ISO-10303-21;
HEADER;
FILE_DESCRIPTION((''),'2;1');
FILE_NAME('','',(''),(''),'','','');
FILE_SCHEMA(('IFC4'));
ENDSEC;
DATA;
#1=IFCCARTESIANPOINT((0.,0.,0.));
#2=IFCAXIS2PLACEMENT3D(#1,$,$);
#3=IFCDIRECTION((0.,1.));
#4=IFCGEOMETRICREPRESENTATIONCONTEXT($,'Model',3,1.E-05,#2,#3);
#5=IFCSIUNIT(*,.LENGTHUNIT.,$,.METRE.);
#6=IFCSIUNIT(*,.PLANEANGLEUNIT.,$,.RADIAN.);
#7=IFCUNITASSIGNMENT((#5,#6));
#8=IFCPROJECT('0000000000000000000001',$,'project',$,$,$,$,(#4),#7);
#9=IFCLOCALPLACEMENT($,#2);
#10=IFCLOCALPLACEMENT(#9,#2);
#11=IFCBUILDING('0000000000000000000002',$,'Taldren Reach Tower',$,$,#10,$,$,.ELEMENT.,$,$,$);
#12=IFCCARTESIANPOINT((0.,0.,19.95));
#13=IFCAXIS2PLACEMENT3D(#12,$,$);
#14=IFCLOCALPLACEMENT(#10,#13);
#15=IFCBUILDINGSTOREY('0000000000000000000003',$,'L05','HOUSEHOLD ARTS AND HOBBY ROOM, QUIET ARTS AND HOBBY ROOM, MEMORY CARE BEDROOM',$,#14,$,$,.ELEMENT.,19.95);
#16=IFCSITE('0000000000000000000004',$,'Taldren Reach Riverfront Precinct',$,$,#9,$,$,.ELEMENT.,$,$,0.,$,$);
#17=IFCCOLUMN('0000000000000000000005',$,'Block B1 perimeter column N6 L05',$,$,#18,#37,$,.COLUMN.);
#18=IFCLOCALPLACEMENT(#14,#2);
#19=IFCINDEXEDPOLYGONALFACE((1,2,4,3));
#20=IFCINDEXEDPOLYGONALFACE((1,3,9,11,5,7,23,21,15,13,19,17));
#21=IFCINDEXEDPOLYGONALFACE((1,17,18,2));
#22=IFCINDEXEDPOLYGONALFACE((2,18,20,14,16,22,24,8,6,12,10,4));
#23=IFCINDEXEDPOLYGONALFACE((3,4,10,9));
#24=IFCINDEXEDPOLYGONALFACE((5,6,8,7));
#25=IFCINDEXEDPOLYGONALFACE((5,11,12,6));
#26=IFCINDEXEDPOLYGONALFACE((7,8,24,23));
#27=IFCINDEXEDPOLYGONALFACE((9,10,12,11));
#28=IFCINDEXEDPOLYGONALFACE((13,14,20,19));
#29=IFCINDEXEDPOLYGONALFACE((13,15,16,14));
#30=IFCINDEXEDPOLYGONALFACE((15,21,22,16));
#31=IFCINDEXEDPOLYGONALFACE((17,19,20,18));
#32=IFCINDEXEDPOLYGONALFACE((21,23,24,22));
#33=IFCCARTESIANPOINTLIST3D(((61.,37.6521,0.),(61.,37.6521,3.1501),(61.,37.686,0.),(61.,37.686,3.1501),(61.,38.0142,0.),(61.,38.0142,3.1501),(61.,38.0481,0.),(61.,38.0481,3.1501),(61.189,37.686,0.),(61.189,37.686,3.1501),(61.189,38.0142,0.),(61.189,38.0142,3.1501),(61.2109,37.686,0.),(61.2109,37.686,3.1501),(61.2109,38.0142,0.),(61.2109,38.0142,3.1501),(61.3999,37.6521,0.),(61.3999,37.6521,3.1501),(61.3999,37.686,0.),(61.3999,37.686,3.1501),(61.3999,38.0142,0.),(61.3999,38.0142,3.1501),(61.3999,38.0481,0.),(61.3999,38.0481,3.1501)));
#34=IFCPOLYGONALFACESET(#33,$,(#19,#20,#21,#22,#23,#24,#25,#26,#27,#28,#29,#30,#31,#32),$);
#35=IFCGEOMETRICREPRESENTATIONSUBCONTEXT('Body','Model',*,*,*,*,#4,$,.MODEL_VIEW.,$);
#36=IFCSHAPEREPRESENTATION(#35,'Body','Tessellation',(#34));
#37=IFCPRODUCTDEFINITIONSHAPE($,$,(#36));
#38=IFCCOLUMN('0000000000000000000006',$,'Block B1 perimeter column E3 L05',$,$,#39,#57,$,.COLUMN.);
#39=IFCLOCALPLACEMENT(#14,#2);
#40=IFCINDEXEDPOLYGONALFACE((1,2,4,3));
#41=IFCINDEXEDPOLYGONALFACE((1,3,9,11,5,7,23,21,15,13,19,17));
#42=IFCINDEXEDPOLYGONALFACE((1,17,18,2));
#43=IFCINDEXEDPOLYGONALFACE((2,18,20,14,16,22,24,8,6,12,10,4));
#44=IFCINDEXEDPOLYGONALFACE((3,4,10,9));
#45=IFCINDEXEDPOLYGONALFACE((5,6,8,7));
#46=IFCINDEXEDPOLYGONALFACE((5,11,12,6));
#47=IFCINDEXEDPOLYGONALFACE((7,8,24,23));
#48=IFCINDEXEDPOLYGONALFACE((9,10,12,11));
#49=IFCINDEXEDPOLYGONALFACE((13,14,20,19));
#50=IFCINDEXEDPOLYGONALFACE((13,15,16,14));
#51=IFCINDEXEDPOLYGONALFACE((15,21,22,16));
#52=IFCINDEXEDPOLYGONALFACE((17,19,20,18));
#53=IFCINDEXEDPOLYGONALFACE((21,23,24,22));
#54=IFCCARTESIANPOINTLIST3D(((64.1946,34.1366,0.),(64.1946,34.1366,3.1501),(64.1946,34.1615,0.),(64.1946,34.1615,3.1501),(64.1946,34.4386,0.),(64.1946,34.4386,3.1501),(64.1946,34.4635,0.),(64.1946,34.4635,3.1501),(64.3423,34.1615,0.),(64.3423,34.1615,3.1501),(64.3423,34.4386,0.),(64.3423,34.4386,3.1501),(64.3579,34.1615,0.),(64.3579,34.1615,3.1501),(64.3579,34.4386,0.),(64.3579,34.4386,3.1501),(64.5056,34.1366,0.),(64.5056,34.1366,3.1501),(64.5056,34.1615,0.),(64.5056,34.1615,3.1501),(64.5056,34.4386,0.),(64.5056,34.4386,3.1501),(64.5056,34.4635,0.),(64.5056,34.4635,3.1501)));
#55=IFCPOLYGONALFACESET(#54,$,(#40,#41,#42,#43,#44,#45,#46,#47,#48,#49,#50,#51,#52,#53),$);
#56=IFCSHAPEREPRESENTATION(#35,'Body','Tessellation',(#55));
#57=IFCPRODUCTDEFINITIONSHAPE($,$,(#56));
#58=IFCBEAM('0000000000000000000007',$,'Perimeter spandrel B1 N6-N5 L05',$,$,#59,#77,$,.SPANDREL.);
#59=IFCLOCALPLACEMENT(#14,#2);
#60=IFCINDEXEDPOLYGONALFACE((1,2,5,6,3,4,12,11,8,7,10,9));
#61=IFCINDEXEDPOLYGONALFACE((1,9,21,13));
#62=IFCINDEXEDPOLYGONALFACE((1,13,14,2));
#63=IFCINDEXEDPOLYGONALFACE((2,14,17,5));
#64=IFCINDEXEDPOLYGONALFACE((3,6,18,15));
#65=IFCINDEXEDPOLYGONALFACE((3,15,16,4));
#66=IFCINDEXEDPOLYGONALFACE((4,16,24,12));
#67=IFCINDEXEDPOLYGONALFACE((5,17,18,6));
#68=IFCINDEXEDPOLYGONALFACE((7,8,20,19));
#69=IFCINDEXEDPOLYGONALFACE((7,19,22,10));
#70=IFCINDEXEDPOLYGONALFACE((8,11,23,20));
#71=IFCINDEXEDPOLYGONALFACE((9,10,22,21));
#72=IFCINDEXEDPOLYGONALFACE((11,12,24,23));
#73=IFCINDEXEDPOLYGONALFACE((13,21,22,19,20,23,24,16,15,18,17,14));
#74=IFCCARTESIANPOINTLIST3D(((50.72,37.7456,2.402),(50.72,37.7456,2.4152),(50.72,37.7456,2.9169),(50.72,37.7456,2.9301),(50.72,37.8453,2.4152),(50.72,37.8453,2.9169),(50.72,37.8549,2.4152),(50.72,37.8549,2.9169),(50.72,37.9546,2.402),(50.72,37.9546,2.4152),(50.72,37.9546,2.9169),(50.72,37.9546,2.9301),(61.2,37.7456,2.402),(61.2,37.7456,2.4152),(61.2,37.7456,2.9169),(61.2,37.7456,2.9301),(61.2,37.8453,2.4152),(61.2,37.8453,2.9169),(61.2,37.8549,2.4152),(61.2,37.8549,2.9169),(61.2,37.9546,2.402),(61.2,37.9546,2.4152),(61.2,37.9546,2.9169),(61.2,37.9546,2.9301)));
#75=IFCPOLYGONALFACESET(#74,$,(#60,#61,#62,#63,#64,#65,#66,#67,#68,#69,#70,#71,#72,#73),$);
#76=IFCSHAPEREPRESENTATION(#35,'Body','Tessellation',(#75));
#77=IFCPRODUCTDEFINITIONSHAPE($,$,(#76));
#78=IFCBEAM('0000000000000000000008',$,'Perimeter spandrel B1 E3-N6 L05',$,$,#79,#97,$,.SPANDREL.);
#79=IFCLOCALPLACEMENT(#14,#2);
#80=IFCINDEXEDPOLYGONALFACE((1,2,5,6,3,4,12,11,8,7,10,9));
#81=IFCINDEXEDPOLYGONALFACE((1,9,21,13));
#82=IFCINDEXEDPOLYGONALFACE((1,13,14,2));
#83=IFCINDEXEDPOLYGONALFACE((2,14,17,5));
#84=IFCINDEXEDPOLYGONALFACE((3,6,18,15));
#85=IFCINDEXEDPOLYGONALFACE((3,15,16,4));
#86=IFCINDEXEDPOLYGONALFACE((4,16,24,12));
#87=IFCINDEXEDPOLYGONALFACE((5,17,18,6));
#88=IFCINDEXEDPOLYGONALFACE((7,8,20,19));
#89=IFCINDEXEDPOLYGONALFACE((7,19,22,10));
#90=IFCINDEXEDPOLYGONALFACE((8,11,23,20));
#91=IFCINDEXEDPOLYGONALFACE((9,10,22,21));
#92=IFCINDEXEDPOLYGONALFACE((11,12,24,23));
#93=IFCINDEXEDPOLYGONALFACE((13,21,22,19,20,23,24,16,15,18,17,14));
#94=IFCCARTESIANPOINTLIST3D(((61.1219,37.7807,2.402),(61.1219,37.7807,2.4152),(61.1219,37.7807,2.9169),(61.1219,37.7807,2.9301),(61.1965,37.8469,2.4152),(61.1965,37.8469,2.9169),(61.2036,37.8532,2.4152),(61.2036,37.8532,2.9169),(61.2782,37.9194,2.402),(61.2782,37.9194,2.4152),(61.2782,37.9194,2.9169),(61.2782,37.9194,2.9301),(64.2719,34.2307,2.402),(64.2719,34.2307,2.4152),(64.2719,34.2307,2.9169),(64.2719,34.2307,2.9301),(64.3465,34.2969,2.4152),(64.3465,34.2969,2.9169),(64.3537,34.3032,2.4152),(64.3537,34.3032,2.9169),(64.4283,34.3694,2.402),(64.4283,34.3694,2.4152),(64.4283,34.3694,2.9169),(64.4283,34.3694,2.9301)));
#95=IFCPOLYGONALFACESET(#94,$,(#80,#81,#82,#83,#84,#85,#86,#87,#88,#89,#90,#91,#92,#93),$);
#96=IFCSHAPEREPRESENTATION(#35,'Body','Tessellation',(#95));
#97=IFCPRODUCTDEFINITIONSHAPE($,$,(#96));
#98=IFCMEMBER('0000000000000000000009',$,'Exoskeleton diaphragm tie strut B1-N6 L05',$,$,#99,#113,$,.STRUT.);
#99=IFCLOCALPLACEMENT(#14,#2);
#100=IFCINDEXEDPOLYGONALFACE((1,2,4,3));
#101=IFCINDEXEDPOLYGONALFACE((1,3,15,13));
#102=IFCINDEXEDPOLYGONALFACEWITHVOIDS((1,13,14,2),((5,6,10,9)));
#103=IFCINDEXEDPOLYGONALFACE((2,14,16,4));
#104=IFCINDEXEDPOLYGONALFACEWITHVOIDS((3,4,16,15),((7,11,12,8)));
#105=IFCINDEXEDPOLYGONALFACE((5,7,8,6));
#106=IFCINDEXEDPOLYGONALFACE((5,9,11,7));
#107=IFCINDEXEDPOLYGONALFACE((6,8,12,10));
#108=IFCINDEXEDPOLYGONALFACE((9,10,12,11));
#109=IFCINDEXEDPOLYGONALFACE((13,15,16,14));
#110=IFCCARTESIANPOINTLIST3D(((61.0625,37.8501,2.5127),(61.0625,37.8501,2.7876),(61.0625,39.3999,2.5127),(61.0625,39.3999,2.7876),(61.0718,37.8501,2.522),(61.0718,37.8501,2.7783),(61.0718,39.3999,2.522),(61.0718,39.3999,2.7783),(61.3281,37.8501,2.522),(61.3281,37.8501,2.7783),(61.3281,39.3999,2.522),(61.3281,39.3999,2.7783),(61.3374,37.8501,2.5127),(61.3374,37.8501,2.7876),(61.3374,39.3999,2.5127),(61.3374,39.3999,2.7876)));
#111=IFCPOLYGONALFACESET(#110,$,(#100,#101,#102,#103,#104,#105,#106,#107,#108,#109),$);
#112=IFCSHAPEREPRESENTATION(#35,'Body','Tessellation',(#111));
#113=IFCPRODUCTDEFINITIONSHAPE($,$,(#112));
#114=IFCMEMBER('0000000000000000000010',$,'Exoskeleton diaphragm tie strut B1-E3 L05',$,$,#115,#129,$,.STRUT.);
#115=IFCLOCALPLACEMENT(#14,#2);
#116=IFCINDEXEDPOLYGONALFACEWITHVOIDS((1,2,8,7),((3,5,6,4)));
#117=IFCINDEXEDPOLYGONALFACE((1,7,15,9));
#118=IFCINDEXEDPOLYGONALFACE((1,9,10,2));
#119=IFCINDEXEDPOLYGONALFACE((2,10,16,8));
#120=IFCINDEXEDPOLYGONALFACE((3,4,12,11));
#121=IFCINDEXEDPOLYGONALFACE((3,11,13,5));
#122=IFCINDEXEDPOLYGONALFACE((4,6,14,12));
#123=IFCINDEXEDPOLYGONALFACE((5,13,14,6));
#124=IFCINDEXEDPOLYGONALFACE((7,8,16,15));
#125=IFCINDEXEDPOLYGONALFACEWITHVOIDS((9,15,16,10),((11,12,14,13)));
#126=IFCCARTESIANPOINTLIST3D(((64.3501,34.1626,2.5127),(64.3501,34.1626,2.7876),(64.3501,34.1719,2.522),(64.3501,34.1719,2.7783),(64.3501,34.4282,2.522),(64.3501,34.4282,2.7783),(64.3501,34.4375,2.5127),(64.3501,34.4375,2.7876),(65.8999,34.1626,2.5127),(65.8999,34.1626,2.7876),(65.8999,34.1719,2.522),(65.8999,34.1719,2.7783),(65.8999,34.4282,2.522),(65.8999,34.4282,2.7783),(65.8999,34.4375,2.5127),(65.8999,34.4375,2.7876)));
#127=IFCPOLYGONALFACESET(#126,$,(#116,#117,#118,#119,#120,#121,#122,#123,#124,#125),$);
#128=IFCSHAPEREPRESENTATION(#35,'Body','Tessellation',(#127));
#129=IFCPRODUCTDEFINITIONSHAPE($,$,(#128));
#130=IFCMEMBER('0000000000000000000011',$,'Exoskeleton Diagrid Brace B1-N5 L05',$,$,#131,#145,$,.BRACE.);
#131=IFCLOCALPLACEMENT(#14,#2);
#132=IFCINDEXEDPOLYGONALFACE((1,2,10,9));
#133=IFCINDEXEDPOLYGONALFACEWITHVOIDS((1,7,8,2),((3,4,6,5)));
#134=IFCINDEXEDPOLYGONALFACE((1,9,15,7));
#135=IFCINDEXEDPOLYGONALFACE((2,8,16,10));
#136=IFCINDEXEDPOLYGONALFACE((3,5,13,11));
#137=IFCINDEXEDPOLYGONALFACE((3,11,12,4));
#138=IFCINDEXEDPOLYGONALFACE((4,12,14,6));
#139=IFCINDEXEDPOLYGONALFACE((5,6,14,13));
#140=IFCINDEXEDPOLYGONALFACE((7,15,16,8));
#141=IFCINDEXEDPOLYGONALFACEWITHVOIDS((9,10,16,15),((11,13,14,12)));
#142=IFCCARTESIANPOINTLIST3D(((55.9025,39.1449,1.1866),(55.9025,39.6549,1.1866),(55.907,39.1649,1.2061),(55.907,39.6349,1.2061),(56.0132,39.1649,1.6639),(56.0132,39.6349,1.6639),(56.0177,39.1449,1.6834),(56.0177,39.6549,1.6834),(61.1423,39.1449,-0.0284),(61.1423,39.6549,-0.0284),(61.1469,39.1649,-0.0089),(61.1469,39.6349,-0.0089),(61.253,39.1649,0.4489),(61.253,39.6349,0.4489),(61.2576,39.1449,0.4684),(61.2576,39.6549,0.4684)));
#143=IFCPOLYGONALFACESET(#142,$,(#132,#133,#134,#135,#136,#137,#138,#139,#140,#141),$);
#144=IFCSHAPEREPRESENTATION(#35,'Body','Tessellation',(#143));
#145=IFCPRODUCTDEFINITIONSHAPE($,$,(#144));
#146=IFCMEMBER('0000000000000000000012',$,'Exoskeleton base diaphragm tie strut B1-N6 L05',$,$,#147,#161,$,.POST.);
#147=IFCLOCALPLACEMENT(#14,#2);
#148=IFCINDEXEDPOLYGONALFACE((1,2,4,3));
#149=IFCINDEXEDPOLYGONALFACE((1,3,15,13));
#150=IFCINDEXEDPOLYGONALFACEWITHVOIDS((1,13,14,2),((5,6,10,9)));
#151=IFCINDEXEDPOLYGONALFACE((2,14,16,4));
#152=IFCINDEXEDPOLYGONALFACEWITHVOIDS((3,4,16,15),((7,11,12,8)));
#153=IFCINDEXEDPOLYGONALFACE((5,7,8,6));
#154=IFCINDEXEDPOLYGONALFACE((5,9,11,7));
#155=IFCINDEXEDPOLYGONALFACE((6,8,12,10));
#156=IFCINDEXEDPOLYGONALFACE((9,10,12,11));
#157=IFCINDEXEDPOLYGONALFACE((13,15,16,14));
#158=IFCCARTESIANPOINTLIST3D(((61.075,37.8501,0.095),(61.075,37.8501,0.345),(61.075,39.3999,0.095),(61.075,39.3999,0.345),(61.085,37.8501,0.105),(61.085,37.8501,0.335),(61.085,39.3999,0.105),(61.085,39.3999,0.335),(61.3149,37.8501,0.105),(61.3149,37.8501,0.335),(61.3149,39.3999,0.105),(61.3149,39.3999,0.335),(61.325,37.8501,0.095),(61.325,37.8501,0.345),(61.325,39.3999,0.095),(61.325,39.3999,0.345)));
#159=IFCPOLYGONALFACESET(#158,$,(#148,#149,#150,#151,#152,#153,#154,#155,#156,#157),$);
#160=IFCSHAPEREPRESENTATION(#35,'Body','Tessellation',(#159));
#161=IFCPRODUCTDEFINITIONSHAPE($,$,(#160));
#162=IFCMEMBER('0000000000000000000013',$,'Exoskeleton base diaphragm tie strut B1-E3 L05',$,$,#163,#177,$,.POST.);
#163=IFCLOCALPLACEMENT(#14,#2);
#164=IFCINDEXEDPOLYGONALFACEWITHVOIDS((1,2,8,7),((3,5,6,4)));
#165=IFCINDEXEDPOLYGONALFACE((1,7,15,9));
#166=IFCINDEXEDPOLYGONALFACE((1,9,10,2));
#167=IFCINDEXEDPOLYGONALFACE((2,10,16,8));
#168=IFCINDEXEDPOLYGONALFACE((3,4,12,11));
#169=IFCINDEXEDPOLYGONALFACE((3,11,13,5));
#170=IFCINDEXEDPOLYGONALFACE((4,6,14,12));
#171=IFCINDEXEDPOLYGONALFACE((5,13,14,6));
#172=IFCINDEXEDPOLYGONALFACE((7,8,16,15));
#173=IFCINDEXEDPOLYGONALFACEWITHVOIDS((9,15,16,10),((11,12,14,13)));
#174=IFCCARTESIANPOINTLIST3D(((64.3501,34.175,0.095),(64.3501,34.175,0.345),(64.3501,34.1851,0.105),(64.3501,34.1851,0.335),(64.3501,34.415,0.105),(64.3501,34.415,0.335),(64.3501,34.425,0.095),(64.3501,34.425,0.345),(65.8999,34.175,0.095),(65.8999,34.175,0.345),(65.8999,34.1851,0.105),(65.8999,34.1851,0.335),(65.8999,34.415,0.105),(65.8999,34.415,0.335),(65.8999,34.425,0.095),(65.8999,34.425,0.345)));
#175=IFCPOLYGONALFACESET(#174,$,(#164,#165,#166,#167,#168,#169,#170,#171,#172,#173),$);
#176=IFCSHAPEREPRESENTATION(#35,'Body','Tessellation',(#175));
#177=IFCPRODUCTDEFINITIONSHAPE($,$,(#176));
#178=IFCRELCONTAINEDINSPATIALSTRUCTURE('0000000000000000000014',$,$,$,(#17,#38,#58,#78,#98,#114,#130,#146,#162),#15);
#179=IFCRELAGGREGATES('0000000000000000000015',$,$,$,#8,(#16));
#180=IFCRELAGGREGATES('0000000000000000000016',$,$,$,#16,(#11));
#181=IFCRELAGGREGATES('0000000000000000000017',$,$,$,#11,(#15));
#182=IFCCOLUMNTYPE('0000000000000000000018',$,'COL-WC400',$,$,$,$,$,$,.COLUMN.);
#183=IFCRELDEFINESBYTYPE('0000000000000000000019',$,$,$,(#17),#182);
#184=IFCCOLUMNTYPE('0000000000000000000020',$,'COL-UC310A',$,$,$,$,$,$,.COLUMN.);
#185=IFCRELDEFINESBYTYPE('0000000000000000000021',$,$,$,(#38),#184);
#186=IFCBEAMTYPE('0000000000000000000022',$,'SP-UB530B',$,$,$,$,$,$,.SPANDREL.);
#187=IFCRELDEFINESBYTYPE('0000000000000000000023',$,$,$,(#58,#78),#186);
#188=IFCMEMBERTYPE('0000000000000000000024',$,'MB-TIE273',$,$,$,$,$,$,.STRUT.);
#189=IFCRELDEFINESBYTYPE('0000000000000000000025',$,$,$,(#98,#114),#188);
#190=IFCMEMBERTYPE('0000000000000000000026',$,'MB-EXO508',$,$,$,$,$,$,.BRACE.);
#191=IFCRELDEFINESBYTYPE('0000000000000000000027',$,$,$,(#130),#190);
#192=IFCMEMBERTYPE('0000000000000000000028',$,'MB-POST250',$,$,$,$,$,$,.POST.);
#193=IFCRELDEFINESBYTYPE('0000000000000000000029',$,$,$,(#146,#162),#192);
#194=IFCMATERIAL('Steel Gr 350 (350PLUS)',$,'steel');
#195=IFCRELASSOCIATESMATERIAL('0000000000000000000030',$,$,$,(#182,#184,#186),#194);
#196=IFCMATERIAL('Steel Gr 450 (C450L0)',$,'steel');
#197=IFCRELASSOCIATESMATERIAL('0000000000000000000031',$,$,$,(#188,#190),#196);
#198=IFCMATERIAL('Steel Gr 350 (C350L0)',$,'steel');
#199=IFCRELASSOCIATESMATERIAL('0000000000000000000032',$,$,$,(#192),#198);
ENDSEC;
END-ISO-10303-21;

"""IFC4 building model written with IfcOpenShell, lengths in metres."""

from ifc_helpers import new_model, si_unit, direction, frame, origin, origin_2d, place, context, subcontext, project, spatial, hollow_rectangle, i_section, extrude, source, transform, mapped, material, material_profile, profile_set, type_object, element, save


model = new_model("IFC4")

# Units and contexts
model_context = context("Model", 3, precision=1e-05, world=origin(), true_north=direction((0.0, 1.0)))
body_context = subcontext(model_context, "Body", "Model", "MODEL_VIEW")
ifc_project = project(units=[si_unit("LENGTHUNIT", "METRE"), si_unit("PLANEANGLEUNIT", "RADIAN")], contexts=[model_context])

# Site, building, storey
site_placement = place(None, origin())
site = spatial("IfcSite", under=ifc_project, at=site_placement, Name="Taldren Reach Riverfront Precinct", CompositionType="ELEMENT", RefElevation=0.0)
building_placement = place(site_placement, origin())
building = spatial("IfcBuilding", under=site, at=building_placement, Name="Taldren Reach Tower", CompositionType="ELEMENT")
storey_placement = place(building_placement, frame((0.0, 0.0, 19.95)))
storey = spatial("IfcBuildingStorey", under=building, at=storey_placement, Name="L05", Description="HOUSEHOLD ARTS AND HOBBY ROOM, QUIET ARTS AND HOBBY ROOM, MEMORY CARE BEDROOM", CompositionType="ELEMENT", Elevation=19.95)

# Columns
ifc_material_1 = material(Name="Steel Gr 350 (350PLUS)", Category="steel")
ifc_material_profile_1 = material_profile(ifc_material_1, i_section(OverallWidth=0.3999, OverallDepth=0.396, WebThickness=0.022, FlangeThickness=0.0339, at=origin_2d()), Name="400WC270")
ifc_profile_set_1 = profile_set([ifc_material_profile_1], Name="Steel Gr 350 (350PLUS)")
column_type_1 = type_object("IfcColumnType", Name="COL-WC400", PredefinedType="COLUMN", material=ifc_profile_set_1)
shared_shape_1 = source(origin(), body_context, "Body", "SweptSolid", [
    extrude(i_section(OverallWidth=0.3999, OverallDepth=0.396, WebThickness=0.022, FlangeThickness=0.0339, at=origin_2d()), origin(), (0.0, 0.0, 1.0), 3.1501),
])
column_1_placement = place(storey_placement, frame((61.2, 37.8501, 0.0), z_axis=(0.0, 0.0, 1.0), x_axis=(1.0, 0.0, 0.0)))
element("IfcColumn", 1, at=column_1_placement, inside=storey, type_object=column_type_1, Name="Block B1 perimeter column N6 L05", PredefinedType="COLUMN", context=body_context, shape_type="MappedRepresentation", body=[
    mapped(shared_shape_1, transform((0.0, 0.0, 0.0), scale=1.0)),
])
ifc_material_profile_2 = material_profile(ifc_material_1, i_section(OverallWidth=0.311, OverallDepth=0.3269, WebThickness=0.0156, FlangeThickness=0.0249, at=origin_2d()), Name="310UC158")
ifc_profile_set_2 = profile_set([ifc_material_profile_2], Name="Steel Gr 350 (350PLUS)")
column_type_2 = type_object("IfcColumnType", Name="COL-UC310A", PredefinedType="COLUMN", material=ifc_profile_set_2)
shared_shape_2 = source(origin(), body_context, "Body", "SweptSolid", [
    extrude(i_section(OverallWidth=0.311, OverallDepth=0.3269, WebThickness=0.0156, FlangeThickness=0.0249, at=origin_2d()), origin(), (0.0, 0.0, 1.0), 3.1501),
])
column_2_placement = place(storey_placement, frame((64.3501, 34.3, 0.0), z_axis=(0.0, 0.0, 1.0), x_axis=(1.0, 0.0, 0.0)))
element("IfcColumn", 2, at=column_2_placement, inside=storey, type_object=column_type_2, Name="Block B1 perimeter column E3 L05", PredefinedType="COLUMN", context=body_context, shape_type="MappedRepresentation", body=[
    mapped(shared_shape_2, transform((0.0, 0.0, 0.0), scale=1.0)),
])

# Beams
ifc_material_profile_3 = material_profile(ifc_material_1, i_section(OverallWidth=0.209, OverallDepth=0.5281, WebThickness=0.0095, FlangeThickness=0.0132, at=origin_2d()), Name="530UB82.0")
ifc_profile_set_3 = profile_set([ifc_material_profile_3], Name="Steel Gr 350 (350PLUS)")
beam_type = type_object("IfcBeamType", Name="SP-UB530B", PredefinedType="SPANDREL", material=ifc_profile_set_3)
shared_shape_3 = source(origin(), body_context, "Body", "SweptSolid", [
    extrude(i_section(OverallWidth=0.209, OverallDepth=0.5281, WebThickness=0.0095, FlangeThickness=0.0132, at=origin_2d()), origin(), (0.0, 0.0, 1.0), 10.48),
])
beam_1_placement = place(storey_placement, frame((61.2, 37.8501, 2.666), z_axis=(-1.0, 0.0, 0.0), x_axis=(0.0, -1.0, 0.0)))
element("IfcBeam", 3, at=beam_1_placement, inside=storey, type_object=beam_type, Name="Perimeter spandrel B1 N6-N5 L05", PredefinedType="SPANDREL", context=body_context, shape_type="MappedRepresentation", body=[
    mapped(shared_shape_3, transform((0.0, 0.0, 0.0), scale=1.0)),
])
shared_shape_4 = source(origin(), body_context, "Body", "SweptSolid", [
    extrude(i_section(OverallWidth=0.209, OverallDepth=0.5281, WebThickness=0.0095, FlangeThickness=0.0132, at=origin_2d()), origin(), (0.0, 0.0, 1.0), 4.7461),
])
beam_2_placement = place(storey_placement, frame((64.3501, 34.3, 2.666), z_axis=(-0.663722, 0.747979, 0.0), x_axis=(-0.747979, -0.663722, 0.0)))
element("IfcBeam", 4, at=beam_2_placement, inside=storey, type_object=beam_type, Name="Perimeter spandrel B1 E3-N6 L05", PredefinedType="SPANDREL", context=body_context, shape_type="MappedRepresentation", body=[
    mapped(shared_shape_4, transform((0.0, 0.0, 0.0), scale=1.0)),
])

# Members
ifc_material_2 = material(Name="Steel Gr 450 (C450L0)", Category="steel")
ifc_material_profile_4 = material_profile(ifc_material_2, hollow_rectangle(XDim=0.2749, YDim=0.2749, WallThickness=0.0093, at=origin_2d()), Name="275x275x9.3SHS")
ifc_profile_set_4 = profile_set([ifc_material_profile_4], Name="Steel Gr 450 (C450L0)")
member_type_1 = type_object("IfcMemberType", Name="MB-TIE273", PredefinedType="STRUT", material=ifc_profile_set_4)
shared_shape_5 = source(origin(), body_context, "Body", "SweptSolid", [
    extrude(hollow_rectangle(XDim=0.2749, YDim=0.2749, WallThickness=0.0093, at=origin_2d()), origin(), (0.0, 0.0, 1.0), 1.5498),
])
for number, where, z_axis, x_axis, name in (
    (5, (61.2, 37.8501, 2.6501), (0.0, 1.0, 0.0), (-1.0, 0.0, 0.0), "Exoskeleton diaphragm tie strut B1-N6 L05"),
    (6, (64.3501, 34.3, 2.6501), (1.0, 0.0, 0.0), (0.0, 1.0, 0.0), "Exoskeleton diaphragm tie strut B1-E3 L05"),
):
    element("IfcMember", number, at=place(storey_placement, frame(where, z_axis=z_axis, x_axis=x_axis)), inside=storey, type_object=member_type_1, Name=name, PredefinedType="STRUT", context=body_context, shape_type="MappedRepresentation", body=[
        mapped(shared_shape_5, transform((0.0, 0.0, 0.0), scale=1.0)),
    ])
ifc_material_profile_5 = material_profile(ifc_material_2, hollow_rectangle(XDim=0.51, YDim=0.51, WallThickness=0.02, at=origin_2d()), Name="510x510x20.0SHS")
ifc_profile_set_5 = profile_set([ifc_material_profile_5], Name="Steel Gr 450 (C450L0)")
member_type_2 = type_object("IfcMemberType", Name="MB-EXO508", PredefinedType="BRACE", material=ifc_profile_set_5)
shared_shape_6 = source(origin(), body_context, "Body", "SweptSolid", [
    extrude(hollow_rectangle(XDim=0.51, YDim=0.51, WallThickness=0.02, at=origin_2d()), origin(), (0.0, 0.0, 1.0), 5.3789),
])
member_1_placement = place(storey_placement, frame((61.2, 39.3999, 0.22), z_axis=(-0.974152, 0.0, 0.225894), x_axis=(0.0, -1.0, 0.0)))
element("IfcMember", 7, at=member_1_placement, inside=storey, type_object=member_type_2, Name="Exoskeleton Diagrid Brace B1-N5 L05", PredefinedType="BRACE", context=body_context, shape_type="MappedRepresentation", body=[
    mapped(shared_shape_6, transform((0.0, 0.0, 0.0), scale=1.0)),
])
ifc_material_3 = material(Name="Steel Gr 350 (C350L0)", Category="steel")
ifc_material_profile_6 = material_profile(ifc_material_3, hollow_rectangle(XDim=0.25, YDim=0.25, WallThickness=0.01, at=origin_2d()), Name="250x250x10.0SHS")
ifc_profile_set_6 = profile_set([ifc_material_profile_6], Name="Steel Gr 350 (C350L0)")
member_type_3 = type_object("IfcMemberType", Name="MB-POST250", PredefinedType="POST", material=ifc_profile_set_6)
shared_shape_7 = source(origin(), body_context, "Body", "SweptSolid", [
    extrude(hollow_rectangle(XDim=0.25, YDim=0.25, WallThickness=0.01, at=origin_2d()), origin(), (0.0, 0.0, 1.0), 1.5498),
])
for number, where, z_axis, x_axis, name in (
    (8, (61.2, 37.8501, 0.22), (0.0, 1.0, 0.0), (-1.0, 0.0, 0.0), "Exoskeleton base diaphragm tie strut B1-N6 L05"),
    (9, (64.3501, 34.3, 0.22), (1.0, 0.0, 0.0), (0.0, 1.0, 0.0), "Exoskeleton base diaphragm tie strut B1-E3 L05"),
):
    element("IfcMember", number, at=place(storey_placement, frame(where, z_axis=z_axis, x_axis=x_axis)), inside=storey, type_object=member_type_3, Name=name, PredefinedType="POST", context=body_context, shape_type="MappedRepresentation", body=[
        mapped(shared_shape_7, transform((0.0, 0.0, 0.0), scale=1.0)),
    ])

save(model, "model.ifc")
